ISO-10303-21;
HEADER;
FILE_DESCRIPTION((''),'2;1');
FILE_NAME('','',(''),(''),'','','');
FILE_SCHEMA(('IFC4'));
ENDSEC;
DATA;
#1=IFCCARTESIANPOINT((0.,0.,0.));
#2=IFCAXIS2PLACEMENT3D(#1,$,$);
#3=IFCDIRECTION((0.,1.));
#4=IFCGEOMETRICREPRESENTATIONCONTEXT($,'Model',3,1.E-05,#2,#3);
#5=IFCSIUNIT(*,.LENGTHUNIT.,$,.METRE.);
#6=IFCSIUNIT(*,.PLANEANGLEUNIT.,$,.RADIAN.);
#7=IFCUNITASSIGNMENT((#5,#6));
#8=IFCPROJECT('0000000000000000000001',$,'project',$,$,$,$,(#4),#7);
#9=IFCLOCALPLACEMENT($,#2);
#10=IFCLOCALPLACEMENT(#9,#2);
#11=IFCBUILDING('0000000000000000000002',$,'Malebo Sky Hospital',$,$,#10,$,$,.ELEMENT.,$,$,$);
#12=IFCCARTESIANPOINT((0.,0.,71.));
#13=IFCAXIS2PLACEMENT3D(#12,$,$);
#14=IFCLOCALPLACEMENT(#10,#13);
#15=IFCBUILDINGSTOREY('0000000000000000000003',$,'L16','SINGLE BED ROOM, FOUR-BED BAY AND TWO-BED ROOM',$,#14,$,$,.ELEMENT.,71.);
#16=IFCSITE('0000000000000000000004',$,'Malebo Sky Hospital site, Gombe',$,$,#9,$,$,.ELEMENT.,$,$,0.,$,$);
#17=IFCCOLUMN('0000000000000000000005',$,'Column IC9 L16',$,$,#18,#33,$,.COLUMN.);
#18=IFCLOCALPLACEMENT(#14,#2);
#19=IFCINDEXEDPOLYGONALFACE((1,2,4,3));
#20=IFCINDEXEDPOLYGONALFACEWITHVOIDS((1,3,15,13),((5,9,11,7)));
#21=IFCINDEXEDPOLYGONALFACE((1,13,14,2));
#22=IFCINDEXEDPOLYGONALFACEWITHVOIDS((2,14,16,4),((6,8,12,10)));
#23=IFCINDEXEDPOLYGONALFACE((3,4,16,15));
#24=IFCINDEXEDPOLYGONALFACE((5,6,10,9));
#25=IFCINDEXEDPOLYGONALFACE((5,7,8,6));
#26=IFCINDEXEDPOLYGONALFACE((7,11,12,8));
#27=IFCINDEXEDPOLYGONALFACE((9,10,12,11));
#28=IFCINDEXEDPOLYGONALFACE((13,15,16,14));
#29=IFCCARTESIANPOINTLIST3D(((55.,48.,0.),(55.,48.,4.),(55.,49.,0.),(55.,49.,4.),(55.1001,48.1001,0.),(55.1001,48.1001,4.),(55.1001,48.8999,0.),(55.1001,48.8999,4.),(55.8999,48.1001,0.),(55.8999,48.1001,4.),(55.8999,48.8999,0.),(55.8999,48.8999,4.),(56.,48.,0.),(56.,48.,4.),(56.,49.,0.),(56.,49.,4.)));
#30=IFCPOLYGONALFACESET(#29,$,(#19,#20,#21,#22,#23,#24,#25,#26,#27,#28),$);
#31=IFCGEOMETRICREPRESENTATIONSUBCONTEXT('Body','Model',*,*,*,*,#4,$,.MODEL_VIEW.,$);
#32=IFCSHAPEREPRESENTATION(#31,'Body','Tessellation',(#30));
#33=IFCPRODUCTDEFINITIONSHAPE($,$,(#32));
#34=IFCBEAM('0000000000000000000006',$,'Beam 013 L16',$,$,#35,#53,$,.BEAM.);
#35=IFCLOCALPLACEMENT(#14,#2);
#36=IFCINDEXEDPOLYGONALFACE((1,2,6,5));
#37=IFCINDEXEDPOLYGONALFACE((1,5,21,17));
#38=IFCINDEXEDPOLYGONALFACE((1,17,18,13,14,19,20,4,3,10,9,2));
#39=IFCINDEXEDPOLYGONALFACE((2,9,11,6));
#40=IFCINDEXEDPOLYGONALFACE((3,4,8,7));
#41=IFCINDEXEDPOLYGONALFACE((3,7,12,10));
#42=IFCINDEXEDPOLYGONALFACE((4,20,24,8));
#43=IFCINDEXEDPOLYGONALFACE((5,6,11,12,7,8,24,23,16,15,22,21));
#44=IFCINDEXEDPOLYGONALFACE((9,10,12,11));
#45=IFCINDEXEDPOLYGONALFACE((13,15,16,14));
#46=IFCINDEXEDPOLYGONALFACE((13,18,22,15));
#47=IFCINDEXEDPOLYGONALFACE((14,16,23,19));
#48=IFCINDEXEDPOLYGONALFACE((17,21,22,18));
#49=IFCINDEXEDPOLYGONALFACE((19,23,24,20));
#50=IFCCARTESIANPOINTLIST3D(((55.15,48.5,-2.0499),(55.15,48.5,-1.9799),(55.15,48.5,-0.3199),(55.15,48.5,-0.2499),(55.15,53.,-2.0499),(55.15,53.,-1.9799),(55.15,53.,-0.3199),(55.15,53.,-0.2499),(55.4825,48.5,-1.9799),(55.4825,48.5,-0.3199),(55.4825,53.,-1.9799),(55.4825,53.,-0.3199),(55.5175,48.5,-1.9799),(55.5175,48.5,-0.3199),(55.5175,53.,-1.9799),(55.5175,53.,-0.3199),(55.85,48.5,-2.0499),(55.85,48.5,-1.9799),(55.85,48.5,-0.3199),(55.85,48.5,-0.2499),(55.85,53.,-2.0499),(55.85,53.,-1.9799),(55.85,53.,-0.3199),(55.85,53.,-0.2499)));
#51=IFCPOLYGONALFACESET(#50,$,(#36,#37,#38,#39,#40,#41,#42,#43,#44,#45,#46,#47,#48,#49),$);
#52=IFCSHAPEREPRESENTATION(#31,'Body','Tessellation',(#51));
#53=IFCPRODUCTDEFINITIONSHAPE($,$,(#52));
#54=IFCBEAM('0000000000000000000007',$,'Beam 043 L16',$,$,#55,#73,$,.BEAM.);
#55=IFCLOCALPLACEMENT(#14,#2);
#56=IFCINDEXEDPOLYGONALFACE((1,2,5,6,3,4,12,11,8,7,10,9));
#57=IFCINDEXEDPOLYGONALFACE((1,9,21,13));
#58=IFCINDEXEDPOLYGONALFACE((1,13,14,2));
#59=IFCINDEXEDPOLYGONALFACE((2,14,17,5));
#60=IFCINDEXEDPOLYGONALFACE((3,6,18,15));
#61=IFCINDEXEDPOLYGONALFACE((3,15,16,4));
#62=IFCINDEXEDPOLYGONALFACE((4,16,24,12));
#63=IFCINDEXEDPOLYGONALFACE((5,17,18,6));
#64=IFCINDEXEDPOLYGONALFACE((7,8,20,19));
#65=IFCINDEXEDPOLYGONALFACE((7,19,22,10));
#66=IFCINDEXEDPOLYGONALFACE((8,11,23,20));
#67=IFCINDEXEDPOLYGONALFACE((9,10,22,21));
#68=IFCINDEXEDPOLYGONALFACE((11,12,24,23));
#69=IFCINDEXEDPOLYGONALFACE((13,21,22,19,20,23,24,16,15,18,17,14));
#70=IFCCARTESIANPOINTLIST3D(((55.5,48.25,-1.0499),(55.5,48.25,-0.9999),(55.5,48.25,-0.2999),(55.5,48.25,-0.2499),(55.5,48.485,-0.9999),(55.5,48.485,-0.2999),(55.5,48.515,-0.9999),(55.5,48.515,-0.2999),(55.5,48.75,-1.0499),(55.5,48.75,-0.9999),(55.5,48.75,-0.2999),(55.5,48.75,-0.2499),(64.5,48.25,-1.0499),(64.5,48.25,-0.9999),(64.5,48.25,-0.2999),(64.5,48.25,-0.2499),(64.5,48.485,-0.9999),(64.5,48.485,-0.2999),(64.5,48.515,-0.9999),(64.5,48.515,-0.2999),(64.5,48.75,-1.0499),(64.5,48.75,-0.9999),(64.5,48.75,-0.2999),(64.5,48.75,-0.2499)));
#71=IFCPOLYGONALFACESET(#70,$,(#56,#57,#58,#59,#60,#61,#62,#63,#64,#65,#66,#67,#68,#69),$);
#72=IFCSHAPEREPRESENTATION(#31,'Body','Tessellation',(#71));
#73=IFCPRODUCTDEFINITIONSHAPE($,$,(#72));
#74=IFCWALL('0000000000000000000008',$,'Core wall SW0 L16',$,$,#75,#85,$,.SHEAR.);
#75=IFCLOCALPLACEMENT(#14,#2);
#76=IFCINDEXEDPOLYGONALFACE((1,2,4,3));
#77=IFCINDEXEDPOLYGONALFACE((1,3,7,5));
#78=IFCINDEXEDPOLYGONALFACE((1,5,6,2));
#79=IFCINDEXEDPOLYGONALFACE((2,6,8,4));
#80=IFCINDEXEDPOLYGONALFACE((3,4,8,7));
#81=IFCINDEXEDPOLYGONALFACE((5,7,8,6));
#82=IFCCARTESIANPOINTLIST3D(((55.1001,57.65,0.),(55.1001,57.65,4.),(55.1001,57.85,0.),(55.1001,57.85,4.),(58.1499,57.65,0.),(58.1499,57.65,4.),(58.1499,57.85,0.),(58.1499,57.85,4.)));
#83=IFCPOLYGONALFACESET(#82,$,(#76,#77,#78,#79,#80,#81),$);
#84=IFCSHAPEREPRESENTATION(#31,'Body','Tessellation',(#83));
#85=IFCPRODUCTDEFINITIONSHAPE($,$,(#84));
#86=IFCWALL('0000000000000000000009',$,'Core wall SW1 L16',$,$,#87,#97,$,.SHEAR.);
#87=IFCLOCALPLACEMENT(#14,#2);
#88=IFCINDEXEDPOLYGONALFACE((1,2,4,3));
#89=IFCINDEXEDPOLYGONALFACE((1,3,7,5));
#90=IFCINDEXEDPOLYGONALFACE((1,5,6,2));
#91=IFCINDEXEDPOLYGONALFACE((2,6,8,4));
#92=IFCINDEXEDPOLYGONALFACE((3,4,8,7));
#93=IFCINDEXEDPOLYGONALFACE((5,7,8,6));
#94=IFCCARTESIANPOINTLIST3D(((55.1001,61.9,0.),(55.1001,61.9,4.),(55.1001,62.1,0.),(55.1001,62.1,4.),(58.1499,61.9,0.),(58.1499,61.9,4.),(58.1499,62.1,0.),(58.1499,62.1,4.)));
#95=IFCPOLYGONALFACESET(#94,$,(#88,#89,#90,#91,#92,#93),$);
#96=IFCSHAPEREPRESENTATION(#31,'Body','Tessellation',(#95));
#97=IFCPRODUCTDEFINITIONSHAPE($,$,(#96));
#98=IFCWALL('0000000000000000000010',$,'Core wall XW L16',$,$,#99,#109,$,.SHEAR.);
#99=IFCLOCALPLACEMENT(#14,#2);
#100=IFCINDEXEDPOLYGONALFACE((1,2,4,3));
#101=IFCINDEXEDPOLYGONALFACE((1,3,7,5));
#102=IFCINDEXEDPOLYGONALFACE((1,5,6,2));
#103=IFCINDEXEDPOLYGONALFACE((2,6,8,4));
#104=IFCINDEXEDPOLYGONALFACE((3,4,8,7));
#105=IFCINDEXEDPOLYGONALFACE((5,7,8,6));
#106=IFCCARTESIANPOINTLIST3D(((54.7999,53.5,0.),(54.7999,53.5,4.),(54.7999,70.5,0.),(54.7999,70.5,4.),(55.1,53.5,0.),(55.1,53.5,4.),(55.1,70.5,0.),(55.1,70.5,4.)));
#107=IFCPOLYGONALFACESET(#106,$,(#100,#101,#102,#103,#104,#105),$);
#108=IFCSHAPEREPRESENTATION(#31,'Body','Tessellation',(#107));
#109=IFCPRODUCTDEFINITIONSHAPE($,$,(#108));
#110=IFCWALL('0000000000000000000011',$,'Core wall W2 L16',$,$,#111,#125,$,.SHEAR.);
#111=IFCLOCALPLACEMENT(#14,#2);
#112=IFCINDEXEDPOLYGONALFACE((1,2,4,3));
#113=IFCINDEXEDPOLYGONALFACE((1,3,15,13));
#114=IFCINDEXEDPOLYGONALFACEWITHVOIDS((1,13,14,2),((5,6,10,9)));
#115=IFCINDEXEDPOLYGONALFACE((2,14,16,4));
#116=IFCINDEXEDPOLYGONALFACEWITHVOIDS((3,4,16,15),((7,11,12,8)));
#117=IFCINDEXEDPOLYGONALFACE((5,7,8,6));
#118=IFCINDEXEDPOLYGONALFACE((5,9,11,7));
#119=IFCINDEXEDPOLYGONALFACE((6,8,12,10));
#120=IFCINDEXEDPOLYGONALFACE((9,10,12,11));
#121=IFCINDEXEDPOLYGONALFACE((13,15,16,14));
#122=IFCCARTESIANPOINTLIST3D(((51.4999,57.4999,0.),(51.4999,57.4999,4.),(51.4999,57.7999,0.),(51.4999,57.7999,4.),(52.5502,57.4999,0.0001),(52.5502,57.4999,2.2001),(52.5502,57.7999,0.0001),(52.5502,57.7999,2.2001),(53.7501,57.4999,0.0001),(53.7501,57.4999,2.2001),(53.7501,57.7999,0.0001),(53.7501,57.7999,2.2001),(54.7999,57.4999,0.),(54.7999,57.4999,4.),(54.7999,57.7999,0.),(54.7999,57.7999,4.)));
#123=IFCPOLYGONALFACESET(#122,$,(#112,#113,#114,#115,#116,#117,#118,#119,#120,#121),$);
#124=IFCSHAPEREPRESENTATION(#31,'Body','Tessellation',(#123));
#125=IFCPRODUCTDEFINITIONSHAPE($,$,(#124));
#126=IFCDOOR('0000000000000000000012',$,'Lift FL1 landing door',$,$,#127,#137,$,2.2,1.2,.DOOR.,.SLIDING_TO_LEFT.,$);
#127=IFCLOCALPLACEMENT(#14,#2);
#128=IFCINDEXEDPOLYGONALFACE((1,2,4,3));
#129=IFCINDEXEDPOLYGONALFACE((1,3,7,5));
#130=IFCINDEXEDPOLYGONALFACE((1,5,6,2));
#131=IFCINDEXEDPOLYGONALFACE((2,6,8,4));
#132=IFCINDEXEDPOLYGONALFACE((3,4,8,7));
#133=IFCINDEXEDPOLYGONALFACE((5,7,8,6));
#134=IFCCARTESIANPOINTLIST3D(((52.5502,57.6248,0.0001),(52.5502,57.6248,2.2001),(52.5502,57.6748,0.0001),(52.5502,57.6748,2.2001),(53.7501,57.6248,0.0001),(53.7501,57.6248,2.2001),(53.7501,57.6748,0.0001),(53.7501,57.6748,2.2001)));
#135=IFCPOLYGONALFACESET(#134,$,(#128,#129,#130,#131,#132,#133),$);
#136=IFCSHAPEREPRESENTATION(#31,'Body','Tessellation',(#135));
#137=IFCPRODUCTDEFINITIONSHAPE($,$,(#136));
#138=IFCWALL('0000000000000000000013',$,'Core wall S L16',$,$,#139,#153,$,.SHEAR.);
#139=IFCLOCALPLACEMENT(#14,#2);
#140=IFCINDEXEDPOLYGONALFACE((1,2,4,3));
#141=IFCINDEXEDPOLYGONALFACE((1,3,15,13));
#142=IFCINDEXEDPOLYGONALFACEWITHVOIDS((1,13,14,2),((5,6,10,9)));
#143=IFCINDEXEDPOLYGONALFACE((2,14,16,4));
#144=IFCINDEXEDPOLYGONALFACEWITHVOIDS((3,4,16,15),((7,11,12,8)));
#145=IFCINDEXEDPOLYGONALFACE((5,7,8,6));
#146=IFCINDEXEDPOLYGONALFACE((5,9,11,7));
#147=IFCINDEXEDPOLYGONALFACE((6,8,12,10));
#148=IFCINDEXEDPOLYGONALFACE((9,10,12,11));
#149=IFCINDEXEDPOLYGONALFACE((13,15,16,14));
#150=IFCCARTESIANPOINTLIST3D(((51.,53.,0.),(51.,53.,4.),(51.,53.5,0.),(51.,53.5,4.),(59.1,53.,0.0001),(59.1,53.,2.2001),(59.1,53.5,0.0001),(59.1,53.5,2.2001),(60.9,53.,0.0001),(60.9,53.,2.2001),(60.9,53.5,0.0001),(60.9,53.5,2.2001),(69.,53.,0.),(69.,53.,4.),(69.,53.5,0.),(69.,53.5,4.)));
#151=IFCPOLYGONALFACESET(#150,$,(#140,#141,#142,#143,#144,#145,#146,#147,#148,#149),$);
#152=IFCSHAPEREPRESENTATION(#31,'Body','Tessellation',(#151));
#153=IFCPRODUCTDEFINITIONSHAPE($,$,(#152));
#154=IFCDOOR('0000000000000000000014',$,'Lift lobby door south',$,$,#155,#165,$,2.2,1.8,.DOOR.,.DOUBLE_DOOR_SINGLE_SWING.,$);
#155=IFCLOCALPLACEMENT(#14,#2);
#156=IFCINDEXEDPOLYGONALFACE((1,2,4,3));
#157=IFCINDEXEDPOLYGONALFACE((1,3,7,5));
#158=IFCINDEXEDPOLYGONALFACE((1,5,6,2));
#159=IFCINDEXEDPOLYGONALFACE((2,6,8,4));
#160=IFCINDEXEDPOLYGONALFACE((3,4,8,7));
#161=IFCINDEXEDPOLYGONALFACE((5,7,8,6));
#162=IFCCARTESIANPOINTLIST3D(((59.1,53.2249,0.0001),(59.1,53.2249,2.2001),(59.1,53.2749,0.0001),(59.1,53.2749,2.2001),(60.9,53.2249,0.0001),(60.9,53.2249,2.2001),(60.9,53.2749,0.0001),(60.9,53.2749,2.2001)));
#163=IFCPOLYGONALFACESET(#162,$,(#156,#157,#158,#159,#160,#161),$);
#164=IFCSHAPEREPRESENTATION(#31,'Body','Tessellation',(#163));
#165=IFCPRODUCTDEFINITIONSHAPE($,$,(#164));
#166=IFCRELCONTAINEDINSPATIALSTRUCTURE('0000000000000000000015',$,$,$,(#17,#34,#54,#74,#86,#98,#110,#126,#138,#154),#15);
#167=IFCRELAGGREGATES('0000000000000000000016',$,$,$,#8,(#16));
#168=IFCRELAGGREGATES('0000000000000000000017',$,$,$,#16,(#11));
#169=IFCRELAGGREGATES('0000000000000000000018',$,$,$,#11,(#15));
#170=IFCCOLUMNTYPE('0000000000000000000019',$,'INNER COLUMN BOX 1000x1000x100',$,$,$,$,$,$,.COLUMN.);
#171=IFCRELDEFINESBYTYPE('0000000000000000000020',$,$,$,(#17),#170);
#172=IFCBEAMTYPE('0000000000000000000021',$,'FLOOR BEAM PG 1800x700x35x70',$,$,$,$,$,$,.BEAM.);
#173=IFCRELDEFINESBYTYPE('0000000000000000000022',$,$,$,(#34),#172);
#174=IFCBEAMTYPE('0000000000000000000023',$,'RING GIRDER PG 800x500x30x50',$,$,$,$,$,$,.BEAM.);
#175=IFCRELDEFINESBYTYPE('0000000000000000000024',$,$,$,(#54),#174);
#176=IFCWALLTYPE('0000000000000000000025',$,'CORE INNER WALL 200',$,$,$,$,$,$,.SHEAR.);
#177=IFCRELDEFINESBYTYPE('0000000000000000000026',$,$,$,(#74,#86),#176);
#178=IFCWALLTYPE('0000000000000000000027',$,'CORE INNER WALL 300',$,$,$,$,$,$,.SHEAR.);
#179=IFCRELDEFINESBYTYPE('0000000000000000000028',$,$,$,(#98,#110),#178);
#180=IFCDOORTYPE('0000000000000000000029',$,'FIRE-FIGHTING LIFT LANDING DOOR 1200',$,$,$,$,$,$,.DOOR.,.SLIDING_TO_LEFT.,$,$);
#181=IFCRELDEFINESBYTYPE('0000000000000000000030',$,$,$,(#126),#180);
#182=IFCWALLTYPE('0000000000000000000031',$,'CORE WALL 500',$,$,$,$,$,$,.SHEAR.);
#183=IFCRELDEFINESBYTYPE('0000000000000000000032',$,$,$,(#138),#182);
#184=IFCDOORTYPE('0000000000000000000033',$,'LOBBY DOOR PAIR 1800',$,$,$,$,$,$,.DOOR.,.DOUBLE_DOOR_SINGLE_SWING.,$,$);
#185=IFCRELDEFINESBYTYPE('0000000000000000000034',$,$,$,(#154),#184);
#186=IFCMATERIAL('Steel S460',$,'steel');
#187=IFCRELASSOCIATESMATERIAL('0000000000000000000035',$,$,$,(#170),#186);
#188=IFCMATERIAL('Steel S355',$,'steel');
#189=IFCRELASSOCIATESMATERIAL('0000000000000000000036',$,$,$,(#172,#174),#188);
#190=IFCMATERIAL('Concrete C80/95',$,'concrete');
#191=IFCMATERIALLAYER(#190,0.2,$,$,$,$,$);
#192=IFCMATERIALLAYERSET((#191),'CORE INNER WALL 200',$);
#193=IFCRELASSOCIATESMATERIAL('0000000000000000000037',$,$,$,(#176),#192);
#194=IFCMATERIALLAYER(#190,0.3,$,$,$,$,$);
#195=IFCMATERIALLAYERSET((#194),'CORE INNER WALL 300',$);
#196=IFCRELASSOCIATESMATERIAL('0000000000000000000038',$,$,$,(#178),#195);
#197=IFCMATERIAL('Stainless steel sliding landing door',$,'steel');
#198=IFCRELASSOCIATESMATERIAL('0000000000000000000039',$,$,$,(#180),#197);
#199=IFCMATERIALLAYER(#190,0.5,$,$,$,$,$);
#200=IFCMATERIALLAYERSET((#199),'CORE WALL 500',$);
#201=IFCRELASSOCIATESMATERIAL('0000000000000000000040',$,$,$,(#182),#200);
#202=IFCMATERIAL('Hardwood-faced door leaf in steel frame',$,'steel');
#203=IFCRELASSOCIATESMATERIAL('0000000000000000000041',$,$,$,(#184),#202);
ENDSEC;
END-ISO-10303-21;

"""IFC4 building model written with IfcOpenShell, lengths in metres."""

from ifc_helpers import new_model, si_unit, direction, frame, frame_2d, origin, origin_2d, place, context, subcontext, project, spatial, rectangle, hollow_rectangle, i_section, extrude, material, layer, layer_set, material_profile, profile_set, type_object, element, fill, save


model = new_model("IFC4")

# Units and contexts
model_context = context("Model", 3, precision=1e-05, world=origin(), true_north=direction((0.0, 1.0)))
body_context = subcontext(model_context, "Body", "Model", "MODEL_VIEW")
ifc_project = project(units=[si_unit("LENGTHUNIT", "METRE"), si_unit("PLANEANGLEUNIT", "RADIAN")], contexts=[model_context])

# Site, building, storey
site_placement = place(None, origin())
site = spatial("IfcSite", under=ifc_project, at=site_placement, Name="Malebo Sky Hospital site, Gombe", CompositionType="ELEMENT", RefElevation=0.0)
building_placement = place(site_placement, origin())
building = spatial("IfcBuilding", under=site, at=building_placement, Name="Malebo Sky Hospital", CompositionType="ELEMENT")
storey_placement = place(building_placement, frame((0.0, 0.0, 71.0)))
storey = spatial("IfcBuildingStorey", under=building, at=storey_placement, Name="L16", Description="SINGLE BED ROOM, FOUR-BED BAY AND TWO-BED ROOM", CompositionType="ELEMENT", Elevation=71.0)

# Column
ifc_material_1 = material(Name="Steel S460", Category="steel")
ifc_material_profile_1 = material_profile(ifc_material_1, hollow_rectangle(XDim=1.0, YDim=1.0, WallThickness=0.1001, at=origin_2d()), Name="BOX 1000x1000x100")
ifc_profile_set_1 = profile_set([ifc_material_profile_1], Name="Steel S460")
column_type = type_object("IfcColumnType", Name="INNER COLUMN BOX 1000x1000x100", PredefinedType="COLUMN", material=ifc_profile_set_1)
column_placement = place(storey_placement, frame((55.5, 48.5, 0.0), z_axis=(0.0, 0.0, 1.0), x_axis=(1.0, 0.0, 0.0)))
element("IfcColumn", 1, at=column_placement, inside=storey, type_object=column_type, Name="Column IC9 L16", PredefinedType="COLUMN", context=body_context, shape_type="SweptSolid", body=[
    extrude(hollow_rectangle(XDim=1.0, YDim=1.0, WallThickness=0.1001, at=origin_2d()), origin(), (0.0, 0.0, 1.0), 4.0),
])

# Beams
ifc_material_2 = material(Name="Steel S355", Category="steel")
ifc_material_profile_2 = material_profile(ifc_material_2, i_section(OverallWidth=0.7, OverallDepth=1.8, WebThickness=0.0349, FlangeThickness=0.0701, at=origin_2d()), Name="PG 1800x700x35x70")
ifc_profile_set_2 = profile_set([ifc_material_profile_2], Name="Steel S355")
beam_type_1 = type_object("IfcBeamType", Name="FLOOR BEAM PG 1800x700x35x70", PredefinedType="BEAM", material=ifc_profile_set_2)
beam_1_placement = place(storey_placement, frame((55.5, 48.5, -1.1499), z_axis=(0.0, 1.0, 0.0), x_axis=(-1.0, 0.0, 0.0)))
element("IfcBeam", 2, at=beam_1_placement, inside=storey, type_object=beam_type_1, Name="Beam 013 L16", PredefinedType="BEAM", context=body_context, shape_type="SweptSolid", body=[
    extrude(i_section(OverallWidth=0.7, OverallDepth=1.8, WebThickness=0.0349, FlangeThickness=0.0701, at=origin_2d()), origin(), (0.0, 0.0, 1.0), 4.5),
])
ifc_material_profile_3 = material_profile(ifc_material_2, i_section(OverallWidth=0.5, OverallDepth=0.8, WebThickness=0.03, FlangeThickness=0.05, at=origin_2d()), Name="PG 800x500x30x50")
ifc_profile_set_3 = profile_set([ifc_material_profile_3], Name="Steel S355")
beam_type_2 = type_object("IfcBeamType", Name="RING GIRDER PG 800x500x30x50", PredefinedType="BEAM", material=ifc_profile_set_3)
beam_2_placement = place(storey_placement, frame((55.5, 48.5, -0.6499), z_axis=(1.0, 0.0, 0.0), x_axis=(0.0, 1.0, 0.0)))
element("IfcBeam", 3, at=beam_2_placement, inside=storey, type_object=beam_type_2, Name="Beam 043 L16", PredefinedType="BEAM", context=body_context, shape_type="SweptSolid", body=[
    extrude(i_section(OverallWidth=0.5, OverallDepth=0.8, WebThickness=0.03, FlangeThickness=0.05, at=origin_2d()), origin(), (0.0, 0.0, 1.0), 9.0),
])

# Walls
ifc_material_3 = material(Name="Concrete C80/95", Category="concrete")
ifc_layer_1 = layer(ifc_material_3, 0.2)
ifc_layer_set_1 = layer_set([ifc_layer_1], Name="CORE INNER WALL 200")
wall_type_1 = type_object("IfcWallType", Name="CORE INNER WALL 200", PredefinedType="SHEAR", material=ifc_layer_set_1)
for number, where, z_axis, x_axis, name in (
    (4, (55.1001, 57.75, 0.0), (0.0, 0.0, 1.0), (1.0, 0.0, 0.0), "Core wall SW0 L16"),
    (5, (55.1001, 62.0, 0.0), (0.0, 0.0, 1.0), (1.0, 0.0, 0.0), "Core wall SW1 L16"),
):
    element("IfcWall", number, at=place(storey_placement, frame(where, z_axis=z_axis, x_axis=x_axis)), inside=storey, type_object=wall_type_1, Name=name, PredefinedType="SHEAR", context=body_context, shape_type="SweptSolid", body=[
        extrude(rectangle(XDim=3.0498, YDim=0.2, at=frame_2d((1.5249, 0.0))), origin(), (0.0, 0.0, 1.0), 4.0),
    ])
ifc_layer_2 = layer(ifc_material_3, 0.3)
ifc_layer_set_2 = layer_set([ifc_layer_2], Name="CORE INNER WALL 300")
wall_type_2 = type_object("IfcWallType", Name="CORE INNER WALL 300", PredefinedType="SHEAR", material=ifc_layer_set_2)
wall_1_placement = place(storey_placement, frame((54.95, 53.5, 0.0), z_axis=(0.0, 0.0, 1.0), x_axis=(0.0, 1.0, 0.0)))
element("IfcWall", 6, at=wall_1_placement, inside=storey, type_object=wall_type_2, Name="Core wall XW L16", PredefinedType="SHEAR", context=body_context, shape_type="SweptSolid", body=[
    extrude(rectangle(XDim=17.0, YDim=0.3, at=frame_2d((8.5, 0.0))), origin(), (0.0, 0.0, 1.0), 4.0),
])

# Walls, openings, doors
wall_2_placement = place(storey_placement, frame((51.5, 57.6499, 0.0), z_axis=(0.0, 0.0, 1.0), x_axis=(1.0, 0.0, 0.0)))
wall_2 = element("IfcWall", 7, at=wall_2_placement, inside=storey, type_object=wall_type_2, Name="Core wall W2 L16", PredefinedType="SHEAR", context=body_context, shape_type="SweptSolid", body=[
    extrude(rectangle(XDim=3.3, YDim=0.3, at=frame_2d((1.6499, 0.0))), origin(), (0.0, 0.0, 1.0), 4.0),
])
opening_1_placement = place(wall_2_placement, frame((1.05, 0.0, 0.0)))
opening_1 = element("IfcOpeningElement", 8, at=opening_1_placement, cuts=wall_2, PredefinedType="OPENING", context=body_context, shape_type="SweptSolid", body=[
    extrude(rectangle(XDim=1.2, YDim=2.2, at=frame_2d((0.6001, 1.1001))), frame((0.0, 0.1599, 0.0), z_axis=(0.0, -1.0, 0.0), x_axis=(1.0, 0.0, 0.0)), (0.0, 0.0, 1.0), 0.3201),
])
ifc_material_4 = material(Name="Stainless steel sliding landing door", Category="steel")
door_type_1 = type_object("IfcDoorType", Name="FIRE-FIGHTING LIFT LANDING DOOR 1200", OperationType="SLIDING_TO_LEFT", PredefinedType="DOOR", material=ifc_material_4)
door_1_placement = place(opening_1_placement, origin())
door_1 = element("IfcDoor", 9, at=door_1_placement, inside=storey, type_object=door_type_1, Name="Lift FL1 landing door", OperationType="SLIDING_TO_LEFT", OverallHeight=2.2, OverallWidth=1.2, PredefinedType="DOOR", context=body_context, shape_type="SweptSolid", body=[
    extrude(rectangle(XDim=1.2, YDim=2.2, at=frame_2d((0.6001, 1.1001))), frame((0.0, 0.0249, 0.0), z_axis=(0.0, -1.0, 0.0), x_axis=(1.0, 0.0, 0.0)), (0.0, 0.0, 1.0), 0.05),
])
fill(opening_1, door_1)
ifc_layer_3 = layer(ifc_material_3, 0.5)
ifc_layer_set_3 = layer_set([ifc_layer_3], Name="CORE WALL 500")
wall_type_3 = type_object("IfcWallType", Name="CORE WALL 500", PredefinedType="SHEAR", material=ifc_layer_set_3)
wall_3_placement = place(storey_placement, frame((51.0, 53.25, 0.0), z_axis=(0.0, 0.0, 1.0), x_axis=(1.0, 0.0, 0.0)))
wall_3 = element("IfcWall", 10, at=wall_3_placement, inside=storey, type_object=wall_type_3, Name="Core wall S L16", PredefinedType="SHEAR", context=body_context, shape_type="SweptSolid", body=[
    extrude(rectangle(XDim=18.0, YDim=0.5, at=frame_2d((9.0, 0.0))), origin(), (0.0, 0.0, 1.0), 4.0),
])
opening_2_placement = place(wall_3_placement, frame((8.1001, 0.0, 0.0)))
opening_2 = element("IfcOpeningElement", 11, at=opening_2_placement, cuts=wall_3, PredefinedType="OPENING", context=body_context, shape_type="SweptSolid", body=[
    extrude(rectangle(XDim=1.8, YDim=2.2, at=frame_2d((0.8999, 1.1001))), frame((0.0, 0.26, 0.0), z_axis=(0.0, -1.0, 0.0), x_axis=(1.0, 0.0, 0.0)), (0.0, 0.0, 1.0), 0.52),
])
ifc_material_5 = material(Name="Hardwood-faced door leaf in steel frame", Category="steel")
door_type_2 = type_object("IfcDoorType", Name="LOBBY DOOR PAIR 1800", OperationType="DOUBLE_DOOR_SINGLE_SWING", PredefinedType="DOOR", material=ifc_material_5)
door_2_placement = place(opening_2_placement, origin())
door_2 = element("IfcDoor", 12, at=door_2_placement, inside=storey, type_object=door_type_2, Name="Lift lobby door south", OperationType="DOUBLE_DOOR_SINGLE_SWING", OverallHeight=2.2, OverallWidth=1.8, PredefinedType="DOOR", context=body_context, shape_type="SweptSolid", body=[
    extrude(rectangle(XDim=1.8, YDim=2.2, at=frame_2d((0.8999, 1.1001))), frame((0.0, 0.0249, 0.0), z_axis=(0.0, -1.0, 0.0), x_axis=(1.0, 0.0, 0.0)), (0.0, 0.0, 1.0), 0.05),
])
fill(opening_2, door_2)

save(model, "model.ifc")
